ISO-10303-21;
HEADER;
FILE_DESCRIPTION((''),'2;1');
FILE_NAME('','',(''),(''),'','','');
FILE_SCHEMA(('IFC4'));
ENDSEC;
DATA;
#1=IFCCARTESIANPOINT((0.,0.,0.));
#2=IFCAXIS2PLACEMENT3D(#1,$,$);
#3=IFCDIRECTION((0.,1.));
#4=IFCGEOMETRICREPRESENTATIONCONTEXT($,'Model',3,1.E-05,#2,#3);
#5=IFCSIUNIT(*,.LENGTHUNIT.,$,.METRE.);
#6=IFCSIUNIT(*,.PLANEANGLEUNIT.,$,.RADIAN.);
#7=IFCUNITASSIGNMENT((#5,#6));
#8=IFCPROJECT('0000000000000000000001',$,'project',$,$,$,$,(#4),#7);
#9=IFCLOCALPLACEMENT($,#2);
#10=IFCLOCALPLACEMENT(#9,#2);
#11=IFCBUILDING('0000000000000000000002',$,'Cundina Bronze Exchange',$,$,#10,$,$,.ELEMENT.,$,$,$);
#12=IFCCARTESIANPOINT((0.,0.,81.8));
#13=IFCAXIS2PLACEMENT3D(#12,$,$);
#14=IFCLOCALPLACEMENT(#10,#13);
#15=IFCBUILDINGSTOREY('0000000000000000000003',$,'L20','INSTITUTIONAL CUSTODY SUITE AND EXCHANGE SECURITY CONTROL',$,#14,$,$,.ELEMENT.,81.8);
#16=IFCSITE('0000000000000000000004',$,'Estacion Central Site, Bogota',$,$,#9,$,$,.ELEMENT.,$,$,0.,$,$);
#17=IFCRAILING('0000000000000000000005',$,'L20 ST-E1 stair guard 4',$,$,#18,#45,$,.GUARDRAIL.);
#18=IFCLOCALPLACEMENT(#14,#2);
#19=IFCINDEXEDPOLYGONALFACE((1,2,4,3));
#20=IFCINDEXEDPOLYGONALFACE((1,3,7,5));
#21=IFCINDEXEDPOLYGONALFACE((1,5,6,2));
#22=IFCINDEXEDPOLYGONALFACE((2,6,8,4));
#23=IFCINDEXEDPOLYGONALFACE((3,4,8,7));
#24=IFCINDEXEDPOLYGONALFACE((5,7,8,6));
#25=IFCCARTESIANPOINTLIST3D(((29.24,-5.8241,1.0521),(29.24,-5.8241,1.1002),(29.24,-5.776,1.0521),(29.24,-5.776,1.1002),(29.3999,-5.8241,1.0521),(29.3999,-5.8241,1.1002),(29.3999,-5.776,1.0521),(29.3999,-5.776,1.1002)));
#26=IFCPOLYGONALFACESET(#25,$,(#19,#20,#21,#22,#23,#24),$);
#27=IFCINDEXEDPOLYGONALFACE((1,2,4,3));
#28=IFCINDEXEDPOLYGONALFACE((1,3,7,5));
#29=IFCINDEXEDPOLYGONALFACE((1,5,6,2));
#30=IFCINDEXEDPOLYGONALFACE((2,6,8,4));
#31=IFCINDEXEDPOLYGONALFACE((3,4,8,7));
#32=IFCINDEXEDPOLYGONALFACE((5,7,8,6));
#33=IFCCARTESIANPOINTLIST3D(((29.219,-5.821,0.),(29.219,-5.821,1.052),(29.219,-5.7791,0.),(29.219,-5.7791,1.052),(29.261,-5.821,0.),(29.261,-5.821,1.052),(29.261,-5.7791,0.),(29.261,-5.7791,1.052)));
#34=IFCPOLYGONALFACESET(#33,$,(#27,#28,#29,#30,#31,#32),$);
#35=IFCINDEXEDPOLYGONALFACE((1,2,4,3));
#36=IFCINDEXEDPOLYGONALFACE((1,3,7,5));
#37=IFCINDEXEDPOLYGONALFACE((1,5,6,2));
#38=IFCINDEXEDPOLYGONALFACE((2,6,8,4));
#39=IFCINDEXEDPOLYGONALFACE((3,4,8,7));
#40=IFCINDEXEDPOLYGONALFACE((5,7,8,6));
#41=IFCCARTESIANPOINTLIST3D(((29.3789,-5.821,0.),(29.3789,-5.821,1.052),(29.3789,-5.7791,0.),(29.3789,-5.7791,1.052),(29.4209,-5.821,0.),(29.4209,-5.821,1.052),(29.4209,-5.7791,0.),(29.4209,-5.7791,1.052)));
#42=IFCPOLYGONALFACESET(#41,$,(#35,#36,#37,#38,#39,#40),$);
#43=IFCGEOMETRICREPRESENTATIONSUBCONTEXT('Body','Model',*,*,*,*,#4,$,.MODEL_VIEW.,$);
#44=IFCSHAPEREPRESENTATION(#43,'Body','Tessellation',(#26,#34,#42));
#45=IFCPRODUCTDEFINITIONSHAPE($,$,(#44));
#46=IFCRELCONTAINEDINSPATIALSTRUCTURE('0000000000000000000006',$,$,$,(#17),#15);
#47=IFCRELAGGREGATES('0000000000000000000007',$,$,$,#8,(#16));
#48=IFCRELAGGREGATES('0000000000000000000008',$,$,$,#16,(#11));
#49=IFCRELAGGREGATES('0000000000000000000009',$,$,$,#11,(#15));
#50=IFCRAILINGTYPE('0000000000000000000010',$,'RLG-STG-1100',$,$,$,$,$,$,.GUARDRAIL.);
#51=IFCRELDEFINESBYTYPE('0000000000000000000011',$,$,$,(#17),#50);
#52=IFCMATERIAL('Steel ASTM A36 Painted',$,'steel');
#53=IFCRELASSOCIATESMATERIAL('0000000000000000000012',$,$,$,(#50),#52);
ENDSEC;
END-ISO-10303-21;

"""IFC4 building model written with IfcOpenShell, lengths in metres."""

from ifc_helpers import new_model, si_unit, direction, frame, origin, origin_2d, place, context, subcontext, project, spatial, rectangle, extrude, material, type_object, element, save


model = new_model("IFC4")

# Units and contexts
model_context = context("Model", 3, precision=1e-05, world=origin(), true_north=direction((0.0, 1.0)))
body_context = subcontext(model_context, "Body", "Model", "MODEL_VIEW")
ifc_project = project(units=[si_unit("LENGTHUNIT", "METRE"), si_unit("PLANEANGLEUNIT", "RADIAN")], contexts=[model_context])

# Site, building, storey
site_placement = place(None, origin())
site = spatial("IfcSite", under=ifc_project, at=site_placement, Name="Estacion Central Site, Bogota", CompositionType="ELEMENT", RefElevation=0.0)
building_placement = place(site_placement, origin())
building = spatial("IfcBuilding", under=site, at=building_placement, Name="Cundina Bronze Exchange", CompositionType="ELEMENT")
storey_placement = place(building_placement, frame((0.0, 0.0, 81.8)))
storey = spatial("IfcBuildingStorey", under=building, at=storey_placement, Name="L20", Description="INSTITUTIONAL CUSTODY SUITE AND EXCHANGE SECURITY CONTROL", CompositionType="ELEMENT", Elevation=81.8)

# Railing
ifc_material_1 = material(Name="Steel ASTM A36 Painted", Category="steel")
railing_type_1 = type_object("IfcRailingType", Name="RLG-STG-1100", PredefinedType="GUARDRAIL", material=ifc_material_1)
railing_1_placement = place(storey_placement, frame((29.24, -5.8, 0.0)))
element("IfcRailing", 1, at=railing_1_placement, inside=storey, type_object=railing_type_1, Name="L20 ST-E1 stair guard 4", PredefinedType="GUARDRAIL", context=body_context, shape_type="SweptSolid", body=[
    extrude(rectangle(XDim=0.0481, YDim=0.0481, at=origin_2d()), frame((0.0, 0.0, 1.0762), z_axis=(1.0, 0.0, 0.0), x_axis=(0.0, 1.0, 0.0)), (0.0, 0.0, 1.0), 0.1599),
    extrude(rectangle(XDim=0.042, YDim=0.042, at=origin_2d()), origin(), (0.0, 0.0, 1.0), 1.052),
    extrude(rectangle(XDim=0.042, YDim=0.042, at=origin_2d()), frame((0.1599, 0.0, 0.0)), (0.0, 0.0, 1.0), 1.052),
])

save(model, "model.ifc")
